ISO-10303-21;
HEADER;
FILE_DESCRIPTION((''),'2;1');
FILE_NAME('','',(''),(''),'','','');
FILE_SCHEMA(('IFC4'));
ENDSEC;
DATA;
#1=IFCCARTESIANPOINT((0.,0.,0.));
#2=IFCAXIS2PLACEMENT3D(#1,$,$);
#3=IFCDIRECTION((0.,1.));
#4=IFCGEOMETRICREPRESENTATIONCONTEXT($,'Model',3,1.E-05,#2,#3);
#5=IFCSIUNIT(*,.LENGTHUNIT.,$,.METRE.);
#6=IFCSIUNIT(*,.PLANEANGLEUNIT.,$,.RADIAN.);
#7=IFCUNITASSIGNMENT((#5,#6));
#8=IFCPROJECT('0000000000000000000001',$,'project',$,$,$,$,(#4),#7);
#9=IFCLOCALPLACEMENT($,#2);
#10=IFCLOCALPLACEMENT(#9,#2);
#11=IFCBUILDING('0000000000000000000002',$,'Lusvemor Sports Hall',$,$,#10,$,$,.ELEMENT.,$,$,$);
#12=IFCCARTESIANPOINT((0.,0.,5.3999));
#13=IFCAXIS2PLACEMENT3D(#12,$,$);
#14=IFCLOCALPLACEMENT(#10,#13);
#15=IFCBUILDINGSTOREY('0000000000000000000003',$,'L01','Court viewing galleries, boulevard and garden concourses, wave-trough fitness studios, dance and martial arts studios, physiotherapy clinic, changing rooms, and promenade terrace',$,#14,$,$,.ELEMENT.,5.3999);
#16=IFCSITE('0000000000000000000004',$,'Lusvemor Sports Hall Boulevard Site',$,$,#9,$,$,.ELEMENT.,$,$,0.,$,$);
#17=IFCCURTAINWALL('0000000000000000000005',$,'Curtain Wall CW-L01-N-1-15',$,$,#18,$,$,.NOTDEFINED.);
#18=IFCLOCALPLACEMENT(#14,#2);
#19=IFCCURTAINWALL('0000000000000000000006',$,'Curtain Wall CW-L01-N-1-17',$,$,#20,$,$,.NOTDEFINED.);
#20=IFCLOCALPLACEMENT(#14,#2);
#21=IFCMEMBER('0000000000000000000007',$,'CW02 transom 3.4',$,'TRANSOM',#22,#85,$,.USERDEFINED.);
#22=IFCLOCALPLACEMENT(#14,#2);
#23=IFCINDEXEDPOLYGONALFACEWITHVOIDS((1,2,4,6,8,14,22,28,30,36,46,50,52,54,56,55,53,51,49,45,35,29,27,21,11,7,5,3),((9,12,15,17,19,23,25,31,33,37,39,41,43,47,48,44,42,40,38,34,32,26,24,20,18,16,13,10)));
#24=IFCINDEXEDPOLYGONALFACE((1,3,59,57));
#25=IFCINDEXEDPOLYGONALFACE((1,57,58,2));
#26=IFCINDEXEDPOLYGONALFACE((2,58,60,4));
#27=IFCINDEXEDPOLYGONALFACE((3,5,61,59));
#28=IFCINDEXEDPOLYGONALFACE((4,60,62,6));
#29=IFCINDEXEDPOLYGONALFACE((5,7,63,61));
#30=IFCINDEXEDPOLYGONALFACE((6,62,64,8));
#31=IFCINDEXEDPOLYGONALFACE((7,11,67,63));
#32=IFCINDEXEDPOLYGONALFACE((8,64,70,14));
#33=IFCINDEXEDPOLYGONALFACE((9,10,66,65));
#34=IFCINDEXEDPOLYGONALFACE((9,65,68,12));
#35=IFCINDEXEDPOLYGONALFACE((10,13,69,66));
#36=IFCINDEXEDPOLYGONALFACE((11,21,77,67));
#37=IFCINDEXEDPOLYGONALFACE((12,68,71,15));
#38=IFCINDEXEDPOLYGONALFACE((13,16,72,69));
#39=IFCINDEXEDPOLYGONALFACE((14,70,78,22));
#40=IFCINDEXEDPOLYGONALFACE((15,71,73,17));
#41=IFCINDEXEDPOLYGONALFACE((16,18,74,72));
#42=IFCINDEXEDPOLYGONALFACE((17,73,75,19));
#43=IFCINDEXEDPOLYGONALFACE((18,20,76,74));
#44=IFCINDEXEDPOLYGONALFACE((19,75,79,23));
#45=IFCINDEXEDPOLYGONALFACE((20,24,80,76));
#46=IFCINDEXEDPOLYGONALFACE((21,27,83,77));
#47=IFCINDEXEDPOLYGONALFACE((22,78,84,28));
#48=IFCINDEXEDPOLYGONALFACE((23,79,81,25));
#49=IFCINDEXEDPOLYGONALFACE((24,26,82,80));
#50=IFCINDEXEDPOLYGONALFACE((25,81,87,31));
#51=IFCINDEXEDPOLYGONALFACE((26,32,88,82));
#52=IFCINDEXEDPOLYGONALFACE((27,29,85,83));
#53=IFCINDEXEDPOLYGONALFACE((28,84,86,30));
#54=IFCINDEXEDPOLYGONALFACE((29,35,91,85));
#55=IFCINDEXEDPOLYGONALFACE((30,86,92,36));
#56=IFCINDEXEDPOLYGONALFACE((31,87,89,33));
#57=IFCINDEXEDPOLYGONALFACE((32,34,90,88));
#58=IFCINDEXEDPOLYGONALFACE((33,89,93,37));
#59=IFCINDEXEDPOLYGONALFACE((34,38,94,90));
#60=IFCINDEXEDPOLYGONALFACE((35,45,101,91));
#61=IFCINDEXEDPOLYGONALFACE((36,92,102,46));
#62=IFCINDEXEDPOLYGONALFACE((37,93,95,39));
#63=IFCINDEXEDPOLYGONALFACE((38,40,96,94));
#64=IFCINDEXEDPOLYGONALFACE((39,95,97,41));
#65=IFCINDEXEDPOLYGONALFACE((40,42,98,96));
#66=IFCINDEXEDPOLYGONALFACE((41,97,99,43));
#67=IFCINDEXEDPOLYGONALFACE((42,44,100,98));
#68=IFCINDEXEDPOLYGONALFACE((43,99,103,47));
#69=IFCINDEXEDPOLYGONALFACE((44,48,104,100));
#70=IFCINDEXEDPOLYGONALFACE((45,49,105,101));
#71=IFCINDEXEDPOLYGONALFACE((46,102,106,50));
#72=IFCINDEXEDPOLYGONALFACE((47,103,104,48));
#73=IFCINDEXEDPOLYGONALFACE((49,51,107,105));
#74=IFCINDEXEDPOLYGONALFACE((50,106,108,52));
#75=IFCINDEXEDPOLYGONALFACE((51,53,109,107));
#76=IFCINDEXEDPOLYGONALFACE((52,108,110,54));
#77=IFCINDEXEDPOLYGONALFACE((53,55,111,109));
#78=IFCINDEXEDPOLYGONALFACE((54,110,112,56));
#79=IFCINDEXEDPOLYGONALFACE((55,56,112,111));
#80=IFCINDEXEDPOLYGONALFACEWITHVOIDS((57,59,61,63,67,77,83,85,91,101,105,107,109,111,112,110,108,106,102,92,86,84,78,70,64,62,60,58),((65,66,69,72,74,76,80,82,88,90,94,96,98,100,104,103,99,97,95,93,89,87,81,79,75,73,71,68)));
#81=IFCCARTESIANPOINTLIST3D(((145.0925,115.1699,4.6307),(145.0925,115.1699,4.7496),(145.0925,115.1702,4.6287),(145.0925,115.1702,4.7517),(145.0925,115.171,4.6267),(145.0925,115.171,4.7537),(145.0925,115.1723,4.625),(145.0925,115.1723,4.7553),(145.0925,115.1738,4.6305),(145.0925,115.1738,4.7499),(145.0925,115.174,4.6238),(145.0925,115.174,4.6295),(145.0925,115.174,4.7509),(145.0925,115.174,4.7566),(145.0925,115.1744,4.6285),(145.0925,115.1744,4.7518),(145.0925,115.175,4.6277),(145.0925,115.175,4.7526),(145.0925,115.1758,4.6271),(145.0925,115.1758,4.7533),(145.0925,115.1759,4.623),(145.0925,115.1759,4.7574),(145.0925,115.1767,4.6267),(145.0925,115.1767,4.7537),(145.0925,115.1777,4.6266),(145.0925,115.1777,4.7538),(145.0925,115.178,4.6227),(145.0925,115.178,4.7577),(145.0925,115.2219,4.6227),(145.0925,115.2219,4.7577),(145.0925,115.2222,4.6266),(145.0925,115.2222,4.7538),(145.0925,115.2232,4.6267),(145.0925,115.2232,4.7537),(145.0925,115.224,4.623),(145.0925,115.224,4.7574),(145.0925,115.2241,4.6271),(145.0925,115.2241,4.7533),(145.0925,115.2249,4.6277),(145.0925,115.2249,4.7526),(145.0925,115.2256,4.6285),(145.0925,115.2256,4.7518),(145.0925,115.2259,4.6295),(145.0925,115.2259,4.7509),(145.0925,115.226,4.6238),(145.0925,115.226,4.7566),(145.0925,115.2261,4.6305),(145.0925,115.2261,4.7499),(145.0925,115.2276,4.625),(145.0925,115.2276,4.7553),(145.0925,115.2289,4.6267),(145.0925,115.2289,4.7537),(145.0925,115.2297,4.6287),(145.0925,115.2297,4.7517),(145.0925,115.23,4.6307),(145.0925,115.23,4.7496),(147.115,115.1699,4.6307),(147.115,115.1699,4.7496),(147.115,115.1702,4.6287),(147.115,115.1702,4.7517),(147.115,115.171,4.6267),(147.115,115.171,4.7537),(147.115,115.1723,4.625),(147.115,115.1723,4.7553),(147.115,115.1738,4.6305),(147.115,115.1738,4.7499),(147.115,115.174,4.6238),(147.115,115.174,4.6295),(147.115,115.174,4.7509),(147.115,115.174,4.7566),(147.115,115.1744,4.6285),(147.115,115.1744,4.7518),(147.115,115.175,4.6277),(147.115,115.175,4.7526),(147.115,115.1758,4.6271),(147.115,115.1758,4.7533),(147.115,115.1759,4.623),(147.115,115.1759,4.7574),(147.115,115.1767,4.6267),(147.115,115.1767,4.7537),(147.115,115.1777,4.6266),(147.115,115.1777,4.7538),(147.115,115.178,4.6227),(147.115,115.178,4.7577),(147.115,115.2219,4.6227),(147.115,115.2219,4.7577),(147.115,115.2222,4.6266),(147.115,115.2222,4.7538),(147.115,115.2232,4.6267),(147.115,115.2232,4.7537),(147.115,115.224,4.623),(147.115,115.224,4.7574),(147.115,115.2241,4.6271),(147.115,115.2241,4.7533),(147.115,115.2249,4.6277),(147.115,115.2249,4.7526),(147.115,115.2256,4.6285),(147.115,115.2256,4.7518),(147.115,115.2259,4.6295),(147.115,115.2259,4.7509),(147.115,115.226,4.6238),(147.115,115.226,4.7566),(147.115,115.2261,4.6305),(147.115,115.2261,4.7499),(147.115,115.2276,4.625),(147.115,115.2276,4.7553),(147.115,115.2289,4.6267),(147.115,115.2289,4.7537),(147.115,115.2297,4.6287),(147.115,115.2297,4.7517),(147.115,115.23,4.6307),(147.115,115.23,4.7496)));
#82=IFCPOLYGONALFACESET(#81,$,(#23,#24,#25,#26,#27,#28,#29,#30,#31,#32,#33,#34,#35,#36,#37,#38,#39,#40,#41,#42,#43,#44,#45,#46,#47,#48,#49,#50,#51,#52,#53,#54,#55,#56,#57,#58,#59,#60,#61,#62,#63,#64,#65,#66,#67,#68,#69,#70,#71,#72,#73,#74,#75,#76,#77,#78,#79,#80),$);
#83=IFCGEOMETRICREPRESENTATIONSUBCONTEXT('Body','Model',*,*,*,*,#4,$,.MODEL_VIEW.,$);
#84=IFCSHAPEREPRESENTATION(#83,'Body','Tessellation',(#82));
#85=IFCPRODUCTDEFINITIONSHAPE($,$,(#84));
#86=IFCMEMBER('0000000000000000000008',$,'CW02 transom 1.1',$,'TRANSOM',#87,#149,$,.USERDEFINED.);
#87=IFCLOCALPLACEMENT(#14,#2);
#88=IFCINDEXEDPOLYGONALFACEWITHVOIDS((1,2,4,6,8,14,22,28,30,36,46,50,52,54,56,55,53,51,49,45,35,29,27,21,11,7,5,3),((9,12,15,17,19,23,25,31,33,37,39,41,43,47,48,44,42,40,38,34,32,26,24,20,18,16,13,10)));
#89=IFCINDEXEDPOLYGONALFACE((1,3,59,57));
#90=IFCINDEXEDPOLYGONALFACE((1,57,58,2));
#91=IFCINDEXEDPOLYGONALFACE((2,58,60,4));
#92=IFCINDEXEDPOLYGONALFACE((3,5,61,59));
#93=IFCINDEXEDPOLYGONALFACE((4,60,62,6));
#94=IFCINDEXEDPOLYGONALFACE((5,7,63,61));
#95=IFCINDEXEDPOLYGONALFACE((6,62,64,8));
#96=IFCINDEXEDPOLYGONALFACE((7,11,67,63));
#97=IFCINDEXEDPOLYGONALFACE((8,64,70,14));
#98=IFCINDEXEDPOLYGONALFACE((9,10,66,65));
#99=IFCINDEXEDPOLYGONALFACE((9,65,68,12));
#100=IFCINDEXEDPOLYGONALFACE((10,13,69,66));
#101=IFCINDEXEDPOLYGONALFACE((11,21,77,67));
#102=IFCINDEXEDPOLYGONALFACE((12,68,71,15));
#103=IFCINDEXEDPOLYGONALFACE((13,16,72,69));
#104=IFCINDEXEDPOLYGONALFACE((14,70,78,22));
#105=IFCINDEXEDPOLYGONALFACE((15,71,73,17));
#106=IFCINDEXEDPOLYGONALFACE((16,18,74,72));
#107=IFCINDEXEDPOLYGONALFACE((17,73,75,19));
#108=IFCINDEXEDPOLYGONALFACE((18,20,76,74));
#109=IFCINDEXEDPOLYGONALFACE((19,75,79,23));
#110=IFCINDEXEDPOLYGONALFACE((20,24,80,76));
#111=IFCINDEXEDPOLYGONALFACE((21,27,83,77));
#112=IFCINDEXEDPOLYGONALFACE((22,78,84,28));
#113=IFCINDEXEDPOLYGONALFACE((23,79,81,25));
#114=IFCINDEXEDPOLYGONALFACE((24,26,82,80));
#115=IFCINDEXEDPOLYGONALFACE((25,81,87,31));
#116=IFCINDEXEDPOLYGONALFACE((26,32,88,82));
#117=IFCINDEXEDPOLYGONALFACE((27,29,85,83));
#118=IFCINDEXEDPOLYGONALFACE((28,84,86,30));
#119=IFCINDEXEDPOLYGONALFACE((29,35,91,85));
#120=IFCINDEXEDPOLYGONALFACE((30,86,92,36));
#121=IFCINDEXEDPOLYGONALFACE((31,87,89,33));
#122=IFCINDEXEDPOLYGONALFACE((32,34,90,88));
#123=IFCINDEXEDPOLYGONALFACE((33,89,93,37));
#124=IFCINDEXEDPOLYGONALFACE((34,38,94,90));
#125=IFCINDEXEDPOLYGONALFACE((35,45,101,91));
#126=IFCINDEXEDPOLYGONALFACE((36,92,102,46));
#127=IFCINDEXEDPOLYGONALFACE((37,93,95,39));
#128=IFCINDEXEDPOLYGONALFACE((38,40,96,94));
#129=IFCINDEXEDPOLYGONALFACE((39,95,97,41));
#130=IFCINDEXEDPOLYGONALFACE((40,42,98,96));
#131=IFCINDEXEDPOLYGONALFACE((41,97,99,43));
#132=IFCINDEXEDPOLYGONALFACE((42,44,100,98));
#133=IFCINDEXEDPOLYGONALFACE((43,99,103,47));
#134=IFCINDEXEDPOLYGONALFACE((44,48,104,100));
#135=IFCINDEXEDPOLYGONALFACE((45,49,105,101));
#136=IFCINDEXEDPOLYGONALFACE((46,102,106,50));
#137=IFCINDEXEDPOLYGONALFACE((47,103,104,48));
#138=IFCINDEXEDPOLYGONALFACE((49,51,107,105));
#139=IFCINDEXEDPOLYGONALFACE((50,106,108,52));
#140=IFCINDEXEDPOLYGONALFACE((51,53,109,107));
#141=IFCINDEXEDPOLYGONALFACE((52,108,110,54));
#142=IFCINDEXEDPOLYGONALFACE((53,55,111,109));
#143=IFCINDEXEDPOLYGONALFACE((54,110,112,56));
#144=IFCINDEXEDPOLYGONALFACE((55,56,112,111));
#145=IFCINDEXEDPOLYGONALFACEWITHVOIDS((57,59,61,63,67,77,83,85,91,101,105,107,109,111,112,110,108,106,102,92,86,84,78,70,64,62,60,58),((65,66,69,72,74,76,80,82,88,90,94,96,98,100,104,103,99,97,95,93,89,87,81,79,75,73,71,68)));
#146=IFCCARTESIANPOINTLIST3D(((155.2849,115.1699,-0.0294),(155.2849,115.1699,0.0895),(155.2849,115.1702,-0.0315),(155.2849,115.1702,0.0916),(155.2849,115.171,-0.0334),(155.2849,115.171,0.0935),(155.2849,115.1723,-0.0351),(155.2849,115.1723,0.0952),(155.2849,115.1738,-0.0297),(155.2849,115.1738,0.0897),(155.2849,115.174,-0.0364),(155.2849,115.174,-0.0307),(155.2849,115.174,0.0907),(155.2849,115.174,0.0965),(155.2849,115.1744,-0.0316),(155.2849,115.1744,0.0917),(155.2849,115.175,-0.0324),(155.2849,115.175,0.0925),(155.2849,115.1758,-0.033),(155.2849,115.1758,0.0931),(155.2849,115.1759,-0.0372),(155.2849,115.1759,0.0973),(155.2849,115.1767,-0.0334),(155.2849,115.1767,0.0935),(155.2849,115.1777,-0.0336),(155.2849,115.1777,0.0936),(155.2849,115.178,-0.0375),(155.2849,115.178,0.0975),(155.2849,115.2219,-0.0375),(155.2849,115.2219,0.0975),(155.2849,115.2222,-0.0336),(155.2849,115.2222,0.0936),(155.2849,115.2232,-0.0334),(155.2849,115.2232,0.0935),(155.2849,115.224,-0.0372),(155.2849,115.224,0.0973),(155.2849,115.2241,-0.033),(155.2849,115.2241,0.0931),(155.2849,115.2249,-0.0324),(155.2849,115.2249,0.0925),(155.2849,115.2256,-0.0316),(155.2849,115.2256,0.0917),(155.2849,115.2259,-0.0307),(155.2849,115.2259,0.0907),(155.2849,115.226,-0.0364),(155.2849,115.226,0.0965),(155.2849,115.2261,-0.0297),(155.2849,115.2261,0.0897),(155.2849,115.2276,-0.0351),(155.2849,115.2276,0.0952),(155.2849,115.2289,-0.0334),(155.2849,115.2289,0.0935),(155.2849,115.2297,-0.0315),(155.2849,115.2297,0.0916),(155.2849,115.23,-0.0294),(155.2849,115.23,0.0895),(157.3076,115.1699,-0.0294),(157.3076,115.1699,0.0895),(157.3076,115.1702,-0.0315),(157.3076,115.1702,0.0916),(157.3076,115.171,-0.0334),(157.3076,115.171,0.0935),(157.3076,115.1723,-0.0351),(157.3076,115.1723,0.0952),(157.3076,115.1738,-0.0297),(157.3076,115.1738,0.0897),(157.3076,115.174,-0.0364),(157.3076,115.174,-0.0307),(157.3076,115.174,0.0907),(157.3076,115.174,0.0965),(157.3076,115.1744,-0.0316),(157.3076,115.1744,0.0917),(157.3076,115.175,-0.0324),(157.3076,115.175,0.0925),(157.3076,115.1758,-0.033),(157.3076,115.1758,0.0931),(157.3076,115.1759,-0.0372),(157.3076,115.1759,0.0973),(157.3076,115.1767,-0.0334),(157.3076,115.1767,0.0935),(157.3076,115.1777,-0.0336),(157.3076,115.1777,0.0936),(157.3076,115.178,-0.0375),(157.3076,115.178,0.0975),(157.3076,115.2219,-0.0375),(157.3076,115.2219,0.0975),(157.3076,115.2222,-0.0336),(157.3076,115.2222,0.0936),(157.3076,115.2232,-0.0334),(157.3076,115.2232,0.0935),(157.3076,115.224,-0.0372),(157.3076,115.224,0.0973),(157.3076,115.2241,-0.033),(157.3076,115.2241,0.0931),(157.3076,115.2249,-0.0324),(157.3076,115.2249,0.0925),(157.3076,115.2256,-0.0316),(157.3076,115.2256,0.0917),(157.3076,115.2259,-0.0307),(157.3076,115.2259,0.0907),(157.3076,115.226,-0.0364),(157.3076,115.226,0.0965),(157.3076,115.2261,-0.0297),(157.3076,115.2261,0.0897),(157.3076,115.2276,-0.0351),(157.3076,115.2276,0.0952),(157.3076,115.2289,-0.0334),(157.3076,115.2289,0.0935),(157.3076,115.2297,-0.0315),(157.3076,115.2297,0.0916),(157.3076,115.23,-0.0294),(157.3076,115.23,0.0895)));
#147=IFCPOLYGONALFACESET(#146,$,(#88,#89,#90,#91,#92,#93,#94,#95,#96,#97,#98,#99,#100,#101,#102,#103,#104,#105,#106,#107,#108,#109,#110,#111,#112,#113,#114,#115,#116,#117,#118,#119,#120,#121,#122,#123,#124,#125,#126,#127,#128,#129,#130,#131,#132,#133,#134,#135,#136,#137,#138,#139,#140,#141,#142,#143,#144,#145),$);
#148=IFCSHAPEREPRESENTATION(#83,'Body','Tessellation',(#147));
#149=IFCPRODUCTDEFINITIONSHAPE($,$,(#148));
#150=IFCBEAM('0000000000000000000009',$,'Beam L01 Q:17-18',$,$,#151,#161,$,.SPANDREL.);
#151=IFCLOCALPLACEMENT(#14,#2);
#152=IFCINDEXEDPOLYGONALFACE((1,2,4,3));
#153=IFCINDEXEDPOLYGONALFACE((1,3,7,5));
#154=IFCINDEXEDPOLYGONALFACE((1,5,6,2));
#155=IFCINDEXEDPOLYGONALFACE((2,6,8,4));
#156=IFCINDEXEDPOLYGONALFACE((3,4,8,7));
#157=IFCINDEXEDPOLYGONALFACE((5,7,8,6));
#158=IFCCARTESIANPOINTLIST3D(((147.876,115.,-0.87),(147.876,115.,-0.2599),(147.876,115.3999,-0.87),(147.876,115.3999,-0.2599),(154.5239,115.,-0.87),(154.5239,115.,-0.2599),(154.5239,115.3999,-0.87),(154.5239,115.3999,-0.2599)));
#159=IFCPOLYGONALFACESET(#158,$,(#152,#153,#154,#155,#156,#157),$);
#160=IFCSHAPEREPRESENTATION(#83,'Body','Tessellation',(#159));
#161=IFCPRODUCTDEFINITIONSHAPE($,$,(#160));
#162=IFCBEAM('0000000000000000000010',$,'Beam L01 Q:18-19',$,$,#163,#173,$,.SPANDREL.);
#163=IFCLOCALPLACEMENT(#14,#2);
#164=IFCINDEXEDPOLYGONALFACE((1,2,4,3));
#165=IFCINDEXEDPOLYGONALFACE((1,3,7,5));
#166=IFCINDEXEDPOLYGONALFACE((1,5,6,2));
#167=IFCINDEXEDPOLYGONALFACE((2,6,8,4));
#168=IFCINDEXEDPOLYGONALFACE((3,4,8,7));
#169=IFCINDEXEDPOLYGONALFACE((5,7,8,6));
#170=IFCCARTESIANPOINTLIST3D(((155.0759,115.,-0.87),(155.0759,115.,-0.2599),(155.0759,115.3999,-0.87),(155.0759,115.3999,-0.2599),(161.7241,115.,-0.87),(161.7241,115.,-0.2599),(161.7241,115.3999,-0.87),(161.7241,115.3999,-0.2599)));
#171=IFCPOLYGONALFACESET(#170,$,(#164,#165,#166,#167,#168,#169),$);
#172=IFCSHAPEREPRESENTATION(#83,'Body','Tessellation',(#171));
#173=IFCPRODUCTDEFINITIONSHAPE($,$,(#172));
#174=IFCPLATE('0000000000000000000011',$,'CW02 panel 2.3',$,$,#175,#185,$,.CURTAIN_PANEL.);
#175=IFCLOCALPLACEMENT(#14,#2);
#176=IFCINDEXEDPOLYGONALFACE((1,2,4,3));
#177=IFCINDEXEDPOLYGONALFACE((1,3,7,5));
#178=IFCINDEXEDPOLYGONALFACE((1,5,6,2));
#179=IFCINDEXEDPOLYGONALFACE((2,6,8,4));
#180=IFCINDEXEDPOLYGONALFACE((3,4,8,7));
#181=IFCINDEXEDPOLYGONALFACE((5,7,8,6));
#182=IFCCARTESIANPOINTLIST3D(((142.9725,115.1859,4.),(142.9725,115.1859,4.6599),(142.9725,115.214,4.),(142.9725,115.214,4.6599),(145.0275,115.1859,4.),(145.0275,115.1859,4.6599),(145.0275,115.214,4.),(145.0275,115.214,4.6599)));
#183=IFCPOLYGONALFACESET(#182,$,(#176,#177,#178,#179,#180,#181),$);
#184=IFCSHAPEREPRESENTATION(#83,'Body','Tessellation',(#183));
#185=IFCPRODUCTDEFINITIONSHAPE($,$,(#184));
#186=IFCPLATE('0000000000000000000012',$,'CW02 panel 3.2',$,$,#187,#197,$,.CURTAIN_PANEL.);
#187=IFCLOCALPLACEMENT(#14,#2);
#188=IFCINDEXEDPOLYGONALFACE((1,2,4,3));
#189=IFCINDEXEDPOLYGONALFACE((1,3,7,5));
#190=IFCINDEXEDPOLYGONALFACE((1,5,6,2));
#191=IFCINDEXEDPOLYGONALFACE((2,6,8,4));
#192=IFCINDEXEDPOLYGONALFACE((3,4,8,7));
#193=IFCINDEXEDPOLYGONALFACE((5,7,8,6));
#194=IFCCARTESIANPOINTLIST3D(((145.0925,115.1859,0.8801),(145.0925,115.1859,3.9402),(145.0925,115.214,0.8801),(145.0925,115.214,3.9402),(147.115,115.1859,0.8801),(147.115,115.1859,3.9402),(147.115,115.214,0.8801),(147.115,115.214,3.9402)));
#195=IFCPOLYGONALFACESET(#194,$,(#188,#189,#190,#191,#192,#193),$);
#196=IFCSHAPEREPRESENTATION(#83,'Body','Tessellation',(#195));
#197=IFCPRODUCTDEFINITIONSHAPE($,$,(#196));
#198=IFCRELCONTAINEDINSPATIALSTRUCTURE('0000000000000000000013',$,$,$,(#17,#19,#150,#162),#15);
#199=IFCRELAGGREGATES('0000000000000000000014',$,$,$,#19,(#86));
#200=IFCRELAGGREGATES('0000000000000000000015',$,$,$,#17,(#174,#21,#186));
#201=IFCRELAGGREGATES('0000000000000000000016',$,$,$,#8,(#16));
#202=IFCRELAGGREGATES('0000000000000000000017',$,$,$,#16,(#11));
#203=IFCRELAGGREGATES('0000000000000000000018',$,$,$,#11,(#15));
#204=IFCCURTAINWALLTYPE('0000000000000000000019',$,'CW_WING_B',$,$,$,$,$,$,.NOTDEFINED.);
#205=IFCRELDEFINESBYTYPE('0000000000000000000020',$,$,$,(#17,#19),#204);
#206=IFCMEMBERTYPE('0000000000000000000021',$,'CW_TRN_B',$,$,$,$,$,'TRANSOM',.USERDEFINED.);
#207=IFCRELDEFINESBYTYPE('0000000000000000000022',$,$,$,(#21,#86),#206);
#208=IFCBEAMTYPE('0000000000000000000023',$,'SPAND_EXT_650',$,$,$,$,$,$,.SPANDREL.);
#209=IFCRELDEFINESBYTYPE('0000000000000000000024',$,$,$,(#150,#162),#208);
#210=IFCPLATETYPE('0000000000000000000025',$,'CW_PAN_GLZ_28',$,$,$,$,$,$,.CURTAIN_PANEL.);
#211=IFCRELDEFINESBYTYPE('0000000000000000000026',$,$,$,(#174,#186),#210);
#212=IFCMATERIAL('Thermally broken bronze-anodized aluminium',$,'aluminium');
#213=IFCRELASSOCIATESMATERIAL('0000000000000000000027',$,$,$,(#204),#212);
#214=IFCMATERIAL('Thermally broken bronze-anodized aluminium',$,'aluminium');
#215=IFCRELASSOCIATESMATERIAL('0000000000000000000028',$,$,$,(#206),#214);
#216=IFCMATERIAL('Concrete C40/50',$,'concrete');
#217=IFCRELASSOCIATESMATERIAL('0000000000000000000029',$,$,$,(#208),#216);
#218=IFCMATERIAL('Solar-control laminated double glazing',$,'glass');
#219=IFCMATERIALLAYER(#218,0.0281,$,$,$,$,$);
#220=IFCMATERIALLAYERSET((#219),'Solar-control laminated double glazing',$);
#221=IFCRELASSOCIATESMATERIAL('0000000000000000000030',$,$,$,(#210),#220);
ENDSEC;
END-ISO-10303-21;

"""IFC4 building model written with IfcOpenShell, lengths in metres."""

from ifc_helpers import new_model, si_unit, direction, frame, origin, origin_2d, place, context, subcontext, project, spatial, rectangle, hollow_rectangle, extrude, material, layer, layer_set, material_profile, profile_set, type_object, element, aggregate, save


model = new_model("IFC4")

# Units and contexts
model_context = context("Model", 3, precision=1e-05, world=origin(), true_north=direction((0.0, 1.0)))
body_context = subcontext(model_context, "Body", "Model", "MODEL_VIEW")
ifc_project = project(units=[si_unit("LENGTHUNIT", "METRE"), si_unit("PLANEANGLEUNIT", "RADIAN")], contexts=[model_context])

# Site, building, storey
site_placement = place(None, origin())
site = spatial("IfcSite", under=ifc_project, at=site_placement, Name="Lusvemor Sports Hall Boulevard Site", CompositionType="ELEMENT", RefElevation=0.0)
building_placement = place(site_placement, origin())
building = spatial("IfcBuilding", under=site, at=building_placement, Name="Lusvemor Sports Hall", CompositionType="ELEMENT")
storey_placement = place(building_placement, frame((0.0, 0.0, 5.3999)))
storey = spatial("IfcBuildingStorey", under=building, at=storey_placement, Name="L01", Description="Court viewing galleries, boulevard and garden concourses, wave-trough fitness studios, dance and martial arts studios, physiotherapy clinic, changing rooms, and promenade terrace", CompositionType="ELEMENT", Elevation=5.3999)

# Curtain wall
ifc_material_1 = material(Name="Thermally broken bronze-anodized aluminium", Category="aluminium")
curtain_wall_type = type_object("IfcCurtainWallType", Name="CW_WING_B", PredefinedType="NOTDEFINED", material=ifc_material_1)
curtain_wall_1_placement = place(storey_placement, origin())
curtain_wall_1 = element("IfcCurtainWall", 1, at=curtain_wall_1_placement, inside=storey, type_object=curtain_wall_type, Name="Curtain Wall CW-L01-N-1-15", PredefinedType="NOTDEFINED")

# Curtain wall
curtain_wall_2_placement = place(storey_placement, origin())
curtain_wall_2 = element("IfcCurtainWall", 2, at=curtain_wall_2_placement, inside=storey, type_object=curtain_wall_type, Name="Curtain Wall CW-L01-N-1-17", PredefinedType="NOTDEFINED")

# Members
ifc_material_2 = material(Name="Thermally broken bronze-anodized aluminium", Category="aluminium")
ifc_material_profile_1 = material_profile(ifc_material_2, hollow_rectangle(XDim=0.0601, YDim=0.135, WallThickness=0.0039, InnerFilletRadius=0.0039, OuterFilletRadius=0.0081, at=origin_2d()), Name="CWTRN135x60x4")
ifc_profile_set_1 = profile_set([ifc_material_profile_1], Name="Thermally broken bronze-anodized aluminium")
member_type_1 = type_object("IfcMemberType", Name="CW_TRN_B", ElementType="TRANSOM", PredefinedType="USERDEFINED", material=ifc_profile_set_1)
member_1_placement = place(storey_placement, frame((145.0925, 115.2, 4.6902), z_axis=(1.0, 0.0, 0.0), x_axis=(0.0, 1.0, 0.0)))
member_1 = element("IfcMember", 3, at=member_1_placement, type_object=member_type_1, Name="CW02 transom 3.4", ObjectType="TRANSOM", PredefinedType="USERDEFINED", context=body_context, shape_type="SweptSolid", body=[
    extrude(hollow_rectangle(XDim=0.0601, YDim=0.135, WallThickness=0.0039, InnerFilletRadius=0.0039, OuterFilletRadius=0.0081, at=origin_2d()), origin(), (0.0, 0.0, 1.0), 2.0225),
])
member_2_placement = place(storey_placement, frame((155.2849, 115.2, 0.03), z_axis=(1.0, 0.0, 0.0), x_axis=(0.0, 1.0, 0.0)))
member_2 = element("IfcMember", 4, at=member_2_placement, type_object=member_type_1, Name="CW02 transom 1.1", ObjectType="TRANSOM", PredefinedType="USERDEFINED", context=body_context, shape_type="SweptSolid", body=[
    extrude(hollow_rectangle(XDim=0.0601, YDim=0.135, WallThickness=0.0039, InnerFilletRadius=0.0039, OuterFilletRadius=0.0081, at=origin_2d()), origin(), (0.0, 0.0, 1.0), 2.0227),
])
aggregate(curtain_wall_2, [member_2])

# Beams
ifc_material_3 = material(Name="Concrete C40/50", Category="concrete")
ifc_material_profile_2 = material_profile(ifc_material_3, rectangle(XDim=0.3999, YDim=0.6101, at=origin_2d()), Name="RC400x610")
ifc_profile_set_2 = profile_set([ifc_material_profile_2], Name="Concrete C40/50")
beam_type = type_object("IfcBeamType", Name="SPAND_EXT_650", PredefinedType="SPANDREL", material=ifc_profile_set_2)
beam_1_placement = place(storey_placement, frame((147.876, 115.2, -0.5649), z_axis=(1.0, 0.0, 0.0), x_axis=(0.0, 1.0, 0.0)))
element("IfcBeam", 5, at=beam_1_placement, inside=storey, type_object=beam_type, Name="Beam L01 Q:17-18", PredefinedType="SPANDREL", context=body_context, shape_type="SweptSolid", body=[
    extrude(rectangle(XDim=0.3999, YDim=0.6101, at=origin_2d()), origin(), (0.0, 0.0, 1.0), 6.6479),
])
beam_2_placement = place(storey_placement, frame((155.0759, 115.2, -0.5649), z_axis=(1.0, 0.0, 0.0), x_axis=(0.0, 1.0, 0.0)))
element("IfcBeam", 6, at=beam_2_placement, inside=storey, type_object=beam_type, Name="Beam L01 Q:18-19", PredefinedType="SPANDREL", context=body_context, shape_type="SweptSolid", body=[
    extrude(rectangle(XDim=0.3999, YDim=0.6101, at=origin_2d()), origin(), (0.0, 0.0, 1.0), 6.6482),
])

# Plates
ifc_material_4 = material(Name="Solar-control laminated double glazing", Category="glass")
ifc_layer_1 = layer(ifc_material_4, 0.0281)
ifc_layer_set_1 = layer_set([ifc_layer_1], Name="Solar-control laminated double glazing")
plate_type_1 = type_object("IfcPlateType", Name="CW_PAN_GLZ_28", PredefinedType="CURTAIN_PANEL", material=ifc_layer_set_1)
plate_1_placement = place(storey_placement, frame((144.0, 115.2, 4.0), z_axis=(0.0, 0.0, 1.0), x_axis=(1.0, 0.0, 0.0)))
plate_1 = element("IfcPlate", 7, at=plate_1_placement, type_object=plate_type_1, Name="CW02 panel 2.3", PredefinedType="CURTAIN_PANEL", context=body_context, shape_type="SweptSolid", body=[
    extrude(rectangle(XDim=2.0549, YDim=0.0281, at=origin_2d()), origin(), (0.0, 0.0, 1.0), 0.6599),
])
plate_2_placement = place(storey_placement, frame((146.1038, 115.2, 0.8801), z_axis=(0.0, 0.0, 1.0), x_axis=(1.0, 0.0, 0.0)))
plate_2 = element("IfcPlate", 8, at=plate_2_placement, type_object=plate_type_1, Name="CW02 panel 3.2", PredefinedType="CURTAIN_PANEL", context=body_context, shape_type="SweptSolid", body=[
    extrude(rectangle(XDim=2.0225, YDim=0.0281, at=origin_2d()), origin(), (0.0, 0.0, 1.0), 3.0601),
])
aggregate(curtain_wall_1, [plate_1, member_1, plate_2])

save(model, "model.ifc")
